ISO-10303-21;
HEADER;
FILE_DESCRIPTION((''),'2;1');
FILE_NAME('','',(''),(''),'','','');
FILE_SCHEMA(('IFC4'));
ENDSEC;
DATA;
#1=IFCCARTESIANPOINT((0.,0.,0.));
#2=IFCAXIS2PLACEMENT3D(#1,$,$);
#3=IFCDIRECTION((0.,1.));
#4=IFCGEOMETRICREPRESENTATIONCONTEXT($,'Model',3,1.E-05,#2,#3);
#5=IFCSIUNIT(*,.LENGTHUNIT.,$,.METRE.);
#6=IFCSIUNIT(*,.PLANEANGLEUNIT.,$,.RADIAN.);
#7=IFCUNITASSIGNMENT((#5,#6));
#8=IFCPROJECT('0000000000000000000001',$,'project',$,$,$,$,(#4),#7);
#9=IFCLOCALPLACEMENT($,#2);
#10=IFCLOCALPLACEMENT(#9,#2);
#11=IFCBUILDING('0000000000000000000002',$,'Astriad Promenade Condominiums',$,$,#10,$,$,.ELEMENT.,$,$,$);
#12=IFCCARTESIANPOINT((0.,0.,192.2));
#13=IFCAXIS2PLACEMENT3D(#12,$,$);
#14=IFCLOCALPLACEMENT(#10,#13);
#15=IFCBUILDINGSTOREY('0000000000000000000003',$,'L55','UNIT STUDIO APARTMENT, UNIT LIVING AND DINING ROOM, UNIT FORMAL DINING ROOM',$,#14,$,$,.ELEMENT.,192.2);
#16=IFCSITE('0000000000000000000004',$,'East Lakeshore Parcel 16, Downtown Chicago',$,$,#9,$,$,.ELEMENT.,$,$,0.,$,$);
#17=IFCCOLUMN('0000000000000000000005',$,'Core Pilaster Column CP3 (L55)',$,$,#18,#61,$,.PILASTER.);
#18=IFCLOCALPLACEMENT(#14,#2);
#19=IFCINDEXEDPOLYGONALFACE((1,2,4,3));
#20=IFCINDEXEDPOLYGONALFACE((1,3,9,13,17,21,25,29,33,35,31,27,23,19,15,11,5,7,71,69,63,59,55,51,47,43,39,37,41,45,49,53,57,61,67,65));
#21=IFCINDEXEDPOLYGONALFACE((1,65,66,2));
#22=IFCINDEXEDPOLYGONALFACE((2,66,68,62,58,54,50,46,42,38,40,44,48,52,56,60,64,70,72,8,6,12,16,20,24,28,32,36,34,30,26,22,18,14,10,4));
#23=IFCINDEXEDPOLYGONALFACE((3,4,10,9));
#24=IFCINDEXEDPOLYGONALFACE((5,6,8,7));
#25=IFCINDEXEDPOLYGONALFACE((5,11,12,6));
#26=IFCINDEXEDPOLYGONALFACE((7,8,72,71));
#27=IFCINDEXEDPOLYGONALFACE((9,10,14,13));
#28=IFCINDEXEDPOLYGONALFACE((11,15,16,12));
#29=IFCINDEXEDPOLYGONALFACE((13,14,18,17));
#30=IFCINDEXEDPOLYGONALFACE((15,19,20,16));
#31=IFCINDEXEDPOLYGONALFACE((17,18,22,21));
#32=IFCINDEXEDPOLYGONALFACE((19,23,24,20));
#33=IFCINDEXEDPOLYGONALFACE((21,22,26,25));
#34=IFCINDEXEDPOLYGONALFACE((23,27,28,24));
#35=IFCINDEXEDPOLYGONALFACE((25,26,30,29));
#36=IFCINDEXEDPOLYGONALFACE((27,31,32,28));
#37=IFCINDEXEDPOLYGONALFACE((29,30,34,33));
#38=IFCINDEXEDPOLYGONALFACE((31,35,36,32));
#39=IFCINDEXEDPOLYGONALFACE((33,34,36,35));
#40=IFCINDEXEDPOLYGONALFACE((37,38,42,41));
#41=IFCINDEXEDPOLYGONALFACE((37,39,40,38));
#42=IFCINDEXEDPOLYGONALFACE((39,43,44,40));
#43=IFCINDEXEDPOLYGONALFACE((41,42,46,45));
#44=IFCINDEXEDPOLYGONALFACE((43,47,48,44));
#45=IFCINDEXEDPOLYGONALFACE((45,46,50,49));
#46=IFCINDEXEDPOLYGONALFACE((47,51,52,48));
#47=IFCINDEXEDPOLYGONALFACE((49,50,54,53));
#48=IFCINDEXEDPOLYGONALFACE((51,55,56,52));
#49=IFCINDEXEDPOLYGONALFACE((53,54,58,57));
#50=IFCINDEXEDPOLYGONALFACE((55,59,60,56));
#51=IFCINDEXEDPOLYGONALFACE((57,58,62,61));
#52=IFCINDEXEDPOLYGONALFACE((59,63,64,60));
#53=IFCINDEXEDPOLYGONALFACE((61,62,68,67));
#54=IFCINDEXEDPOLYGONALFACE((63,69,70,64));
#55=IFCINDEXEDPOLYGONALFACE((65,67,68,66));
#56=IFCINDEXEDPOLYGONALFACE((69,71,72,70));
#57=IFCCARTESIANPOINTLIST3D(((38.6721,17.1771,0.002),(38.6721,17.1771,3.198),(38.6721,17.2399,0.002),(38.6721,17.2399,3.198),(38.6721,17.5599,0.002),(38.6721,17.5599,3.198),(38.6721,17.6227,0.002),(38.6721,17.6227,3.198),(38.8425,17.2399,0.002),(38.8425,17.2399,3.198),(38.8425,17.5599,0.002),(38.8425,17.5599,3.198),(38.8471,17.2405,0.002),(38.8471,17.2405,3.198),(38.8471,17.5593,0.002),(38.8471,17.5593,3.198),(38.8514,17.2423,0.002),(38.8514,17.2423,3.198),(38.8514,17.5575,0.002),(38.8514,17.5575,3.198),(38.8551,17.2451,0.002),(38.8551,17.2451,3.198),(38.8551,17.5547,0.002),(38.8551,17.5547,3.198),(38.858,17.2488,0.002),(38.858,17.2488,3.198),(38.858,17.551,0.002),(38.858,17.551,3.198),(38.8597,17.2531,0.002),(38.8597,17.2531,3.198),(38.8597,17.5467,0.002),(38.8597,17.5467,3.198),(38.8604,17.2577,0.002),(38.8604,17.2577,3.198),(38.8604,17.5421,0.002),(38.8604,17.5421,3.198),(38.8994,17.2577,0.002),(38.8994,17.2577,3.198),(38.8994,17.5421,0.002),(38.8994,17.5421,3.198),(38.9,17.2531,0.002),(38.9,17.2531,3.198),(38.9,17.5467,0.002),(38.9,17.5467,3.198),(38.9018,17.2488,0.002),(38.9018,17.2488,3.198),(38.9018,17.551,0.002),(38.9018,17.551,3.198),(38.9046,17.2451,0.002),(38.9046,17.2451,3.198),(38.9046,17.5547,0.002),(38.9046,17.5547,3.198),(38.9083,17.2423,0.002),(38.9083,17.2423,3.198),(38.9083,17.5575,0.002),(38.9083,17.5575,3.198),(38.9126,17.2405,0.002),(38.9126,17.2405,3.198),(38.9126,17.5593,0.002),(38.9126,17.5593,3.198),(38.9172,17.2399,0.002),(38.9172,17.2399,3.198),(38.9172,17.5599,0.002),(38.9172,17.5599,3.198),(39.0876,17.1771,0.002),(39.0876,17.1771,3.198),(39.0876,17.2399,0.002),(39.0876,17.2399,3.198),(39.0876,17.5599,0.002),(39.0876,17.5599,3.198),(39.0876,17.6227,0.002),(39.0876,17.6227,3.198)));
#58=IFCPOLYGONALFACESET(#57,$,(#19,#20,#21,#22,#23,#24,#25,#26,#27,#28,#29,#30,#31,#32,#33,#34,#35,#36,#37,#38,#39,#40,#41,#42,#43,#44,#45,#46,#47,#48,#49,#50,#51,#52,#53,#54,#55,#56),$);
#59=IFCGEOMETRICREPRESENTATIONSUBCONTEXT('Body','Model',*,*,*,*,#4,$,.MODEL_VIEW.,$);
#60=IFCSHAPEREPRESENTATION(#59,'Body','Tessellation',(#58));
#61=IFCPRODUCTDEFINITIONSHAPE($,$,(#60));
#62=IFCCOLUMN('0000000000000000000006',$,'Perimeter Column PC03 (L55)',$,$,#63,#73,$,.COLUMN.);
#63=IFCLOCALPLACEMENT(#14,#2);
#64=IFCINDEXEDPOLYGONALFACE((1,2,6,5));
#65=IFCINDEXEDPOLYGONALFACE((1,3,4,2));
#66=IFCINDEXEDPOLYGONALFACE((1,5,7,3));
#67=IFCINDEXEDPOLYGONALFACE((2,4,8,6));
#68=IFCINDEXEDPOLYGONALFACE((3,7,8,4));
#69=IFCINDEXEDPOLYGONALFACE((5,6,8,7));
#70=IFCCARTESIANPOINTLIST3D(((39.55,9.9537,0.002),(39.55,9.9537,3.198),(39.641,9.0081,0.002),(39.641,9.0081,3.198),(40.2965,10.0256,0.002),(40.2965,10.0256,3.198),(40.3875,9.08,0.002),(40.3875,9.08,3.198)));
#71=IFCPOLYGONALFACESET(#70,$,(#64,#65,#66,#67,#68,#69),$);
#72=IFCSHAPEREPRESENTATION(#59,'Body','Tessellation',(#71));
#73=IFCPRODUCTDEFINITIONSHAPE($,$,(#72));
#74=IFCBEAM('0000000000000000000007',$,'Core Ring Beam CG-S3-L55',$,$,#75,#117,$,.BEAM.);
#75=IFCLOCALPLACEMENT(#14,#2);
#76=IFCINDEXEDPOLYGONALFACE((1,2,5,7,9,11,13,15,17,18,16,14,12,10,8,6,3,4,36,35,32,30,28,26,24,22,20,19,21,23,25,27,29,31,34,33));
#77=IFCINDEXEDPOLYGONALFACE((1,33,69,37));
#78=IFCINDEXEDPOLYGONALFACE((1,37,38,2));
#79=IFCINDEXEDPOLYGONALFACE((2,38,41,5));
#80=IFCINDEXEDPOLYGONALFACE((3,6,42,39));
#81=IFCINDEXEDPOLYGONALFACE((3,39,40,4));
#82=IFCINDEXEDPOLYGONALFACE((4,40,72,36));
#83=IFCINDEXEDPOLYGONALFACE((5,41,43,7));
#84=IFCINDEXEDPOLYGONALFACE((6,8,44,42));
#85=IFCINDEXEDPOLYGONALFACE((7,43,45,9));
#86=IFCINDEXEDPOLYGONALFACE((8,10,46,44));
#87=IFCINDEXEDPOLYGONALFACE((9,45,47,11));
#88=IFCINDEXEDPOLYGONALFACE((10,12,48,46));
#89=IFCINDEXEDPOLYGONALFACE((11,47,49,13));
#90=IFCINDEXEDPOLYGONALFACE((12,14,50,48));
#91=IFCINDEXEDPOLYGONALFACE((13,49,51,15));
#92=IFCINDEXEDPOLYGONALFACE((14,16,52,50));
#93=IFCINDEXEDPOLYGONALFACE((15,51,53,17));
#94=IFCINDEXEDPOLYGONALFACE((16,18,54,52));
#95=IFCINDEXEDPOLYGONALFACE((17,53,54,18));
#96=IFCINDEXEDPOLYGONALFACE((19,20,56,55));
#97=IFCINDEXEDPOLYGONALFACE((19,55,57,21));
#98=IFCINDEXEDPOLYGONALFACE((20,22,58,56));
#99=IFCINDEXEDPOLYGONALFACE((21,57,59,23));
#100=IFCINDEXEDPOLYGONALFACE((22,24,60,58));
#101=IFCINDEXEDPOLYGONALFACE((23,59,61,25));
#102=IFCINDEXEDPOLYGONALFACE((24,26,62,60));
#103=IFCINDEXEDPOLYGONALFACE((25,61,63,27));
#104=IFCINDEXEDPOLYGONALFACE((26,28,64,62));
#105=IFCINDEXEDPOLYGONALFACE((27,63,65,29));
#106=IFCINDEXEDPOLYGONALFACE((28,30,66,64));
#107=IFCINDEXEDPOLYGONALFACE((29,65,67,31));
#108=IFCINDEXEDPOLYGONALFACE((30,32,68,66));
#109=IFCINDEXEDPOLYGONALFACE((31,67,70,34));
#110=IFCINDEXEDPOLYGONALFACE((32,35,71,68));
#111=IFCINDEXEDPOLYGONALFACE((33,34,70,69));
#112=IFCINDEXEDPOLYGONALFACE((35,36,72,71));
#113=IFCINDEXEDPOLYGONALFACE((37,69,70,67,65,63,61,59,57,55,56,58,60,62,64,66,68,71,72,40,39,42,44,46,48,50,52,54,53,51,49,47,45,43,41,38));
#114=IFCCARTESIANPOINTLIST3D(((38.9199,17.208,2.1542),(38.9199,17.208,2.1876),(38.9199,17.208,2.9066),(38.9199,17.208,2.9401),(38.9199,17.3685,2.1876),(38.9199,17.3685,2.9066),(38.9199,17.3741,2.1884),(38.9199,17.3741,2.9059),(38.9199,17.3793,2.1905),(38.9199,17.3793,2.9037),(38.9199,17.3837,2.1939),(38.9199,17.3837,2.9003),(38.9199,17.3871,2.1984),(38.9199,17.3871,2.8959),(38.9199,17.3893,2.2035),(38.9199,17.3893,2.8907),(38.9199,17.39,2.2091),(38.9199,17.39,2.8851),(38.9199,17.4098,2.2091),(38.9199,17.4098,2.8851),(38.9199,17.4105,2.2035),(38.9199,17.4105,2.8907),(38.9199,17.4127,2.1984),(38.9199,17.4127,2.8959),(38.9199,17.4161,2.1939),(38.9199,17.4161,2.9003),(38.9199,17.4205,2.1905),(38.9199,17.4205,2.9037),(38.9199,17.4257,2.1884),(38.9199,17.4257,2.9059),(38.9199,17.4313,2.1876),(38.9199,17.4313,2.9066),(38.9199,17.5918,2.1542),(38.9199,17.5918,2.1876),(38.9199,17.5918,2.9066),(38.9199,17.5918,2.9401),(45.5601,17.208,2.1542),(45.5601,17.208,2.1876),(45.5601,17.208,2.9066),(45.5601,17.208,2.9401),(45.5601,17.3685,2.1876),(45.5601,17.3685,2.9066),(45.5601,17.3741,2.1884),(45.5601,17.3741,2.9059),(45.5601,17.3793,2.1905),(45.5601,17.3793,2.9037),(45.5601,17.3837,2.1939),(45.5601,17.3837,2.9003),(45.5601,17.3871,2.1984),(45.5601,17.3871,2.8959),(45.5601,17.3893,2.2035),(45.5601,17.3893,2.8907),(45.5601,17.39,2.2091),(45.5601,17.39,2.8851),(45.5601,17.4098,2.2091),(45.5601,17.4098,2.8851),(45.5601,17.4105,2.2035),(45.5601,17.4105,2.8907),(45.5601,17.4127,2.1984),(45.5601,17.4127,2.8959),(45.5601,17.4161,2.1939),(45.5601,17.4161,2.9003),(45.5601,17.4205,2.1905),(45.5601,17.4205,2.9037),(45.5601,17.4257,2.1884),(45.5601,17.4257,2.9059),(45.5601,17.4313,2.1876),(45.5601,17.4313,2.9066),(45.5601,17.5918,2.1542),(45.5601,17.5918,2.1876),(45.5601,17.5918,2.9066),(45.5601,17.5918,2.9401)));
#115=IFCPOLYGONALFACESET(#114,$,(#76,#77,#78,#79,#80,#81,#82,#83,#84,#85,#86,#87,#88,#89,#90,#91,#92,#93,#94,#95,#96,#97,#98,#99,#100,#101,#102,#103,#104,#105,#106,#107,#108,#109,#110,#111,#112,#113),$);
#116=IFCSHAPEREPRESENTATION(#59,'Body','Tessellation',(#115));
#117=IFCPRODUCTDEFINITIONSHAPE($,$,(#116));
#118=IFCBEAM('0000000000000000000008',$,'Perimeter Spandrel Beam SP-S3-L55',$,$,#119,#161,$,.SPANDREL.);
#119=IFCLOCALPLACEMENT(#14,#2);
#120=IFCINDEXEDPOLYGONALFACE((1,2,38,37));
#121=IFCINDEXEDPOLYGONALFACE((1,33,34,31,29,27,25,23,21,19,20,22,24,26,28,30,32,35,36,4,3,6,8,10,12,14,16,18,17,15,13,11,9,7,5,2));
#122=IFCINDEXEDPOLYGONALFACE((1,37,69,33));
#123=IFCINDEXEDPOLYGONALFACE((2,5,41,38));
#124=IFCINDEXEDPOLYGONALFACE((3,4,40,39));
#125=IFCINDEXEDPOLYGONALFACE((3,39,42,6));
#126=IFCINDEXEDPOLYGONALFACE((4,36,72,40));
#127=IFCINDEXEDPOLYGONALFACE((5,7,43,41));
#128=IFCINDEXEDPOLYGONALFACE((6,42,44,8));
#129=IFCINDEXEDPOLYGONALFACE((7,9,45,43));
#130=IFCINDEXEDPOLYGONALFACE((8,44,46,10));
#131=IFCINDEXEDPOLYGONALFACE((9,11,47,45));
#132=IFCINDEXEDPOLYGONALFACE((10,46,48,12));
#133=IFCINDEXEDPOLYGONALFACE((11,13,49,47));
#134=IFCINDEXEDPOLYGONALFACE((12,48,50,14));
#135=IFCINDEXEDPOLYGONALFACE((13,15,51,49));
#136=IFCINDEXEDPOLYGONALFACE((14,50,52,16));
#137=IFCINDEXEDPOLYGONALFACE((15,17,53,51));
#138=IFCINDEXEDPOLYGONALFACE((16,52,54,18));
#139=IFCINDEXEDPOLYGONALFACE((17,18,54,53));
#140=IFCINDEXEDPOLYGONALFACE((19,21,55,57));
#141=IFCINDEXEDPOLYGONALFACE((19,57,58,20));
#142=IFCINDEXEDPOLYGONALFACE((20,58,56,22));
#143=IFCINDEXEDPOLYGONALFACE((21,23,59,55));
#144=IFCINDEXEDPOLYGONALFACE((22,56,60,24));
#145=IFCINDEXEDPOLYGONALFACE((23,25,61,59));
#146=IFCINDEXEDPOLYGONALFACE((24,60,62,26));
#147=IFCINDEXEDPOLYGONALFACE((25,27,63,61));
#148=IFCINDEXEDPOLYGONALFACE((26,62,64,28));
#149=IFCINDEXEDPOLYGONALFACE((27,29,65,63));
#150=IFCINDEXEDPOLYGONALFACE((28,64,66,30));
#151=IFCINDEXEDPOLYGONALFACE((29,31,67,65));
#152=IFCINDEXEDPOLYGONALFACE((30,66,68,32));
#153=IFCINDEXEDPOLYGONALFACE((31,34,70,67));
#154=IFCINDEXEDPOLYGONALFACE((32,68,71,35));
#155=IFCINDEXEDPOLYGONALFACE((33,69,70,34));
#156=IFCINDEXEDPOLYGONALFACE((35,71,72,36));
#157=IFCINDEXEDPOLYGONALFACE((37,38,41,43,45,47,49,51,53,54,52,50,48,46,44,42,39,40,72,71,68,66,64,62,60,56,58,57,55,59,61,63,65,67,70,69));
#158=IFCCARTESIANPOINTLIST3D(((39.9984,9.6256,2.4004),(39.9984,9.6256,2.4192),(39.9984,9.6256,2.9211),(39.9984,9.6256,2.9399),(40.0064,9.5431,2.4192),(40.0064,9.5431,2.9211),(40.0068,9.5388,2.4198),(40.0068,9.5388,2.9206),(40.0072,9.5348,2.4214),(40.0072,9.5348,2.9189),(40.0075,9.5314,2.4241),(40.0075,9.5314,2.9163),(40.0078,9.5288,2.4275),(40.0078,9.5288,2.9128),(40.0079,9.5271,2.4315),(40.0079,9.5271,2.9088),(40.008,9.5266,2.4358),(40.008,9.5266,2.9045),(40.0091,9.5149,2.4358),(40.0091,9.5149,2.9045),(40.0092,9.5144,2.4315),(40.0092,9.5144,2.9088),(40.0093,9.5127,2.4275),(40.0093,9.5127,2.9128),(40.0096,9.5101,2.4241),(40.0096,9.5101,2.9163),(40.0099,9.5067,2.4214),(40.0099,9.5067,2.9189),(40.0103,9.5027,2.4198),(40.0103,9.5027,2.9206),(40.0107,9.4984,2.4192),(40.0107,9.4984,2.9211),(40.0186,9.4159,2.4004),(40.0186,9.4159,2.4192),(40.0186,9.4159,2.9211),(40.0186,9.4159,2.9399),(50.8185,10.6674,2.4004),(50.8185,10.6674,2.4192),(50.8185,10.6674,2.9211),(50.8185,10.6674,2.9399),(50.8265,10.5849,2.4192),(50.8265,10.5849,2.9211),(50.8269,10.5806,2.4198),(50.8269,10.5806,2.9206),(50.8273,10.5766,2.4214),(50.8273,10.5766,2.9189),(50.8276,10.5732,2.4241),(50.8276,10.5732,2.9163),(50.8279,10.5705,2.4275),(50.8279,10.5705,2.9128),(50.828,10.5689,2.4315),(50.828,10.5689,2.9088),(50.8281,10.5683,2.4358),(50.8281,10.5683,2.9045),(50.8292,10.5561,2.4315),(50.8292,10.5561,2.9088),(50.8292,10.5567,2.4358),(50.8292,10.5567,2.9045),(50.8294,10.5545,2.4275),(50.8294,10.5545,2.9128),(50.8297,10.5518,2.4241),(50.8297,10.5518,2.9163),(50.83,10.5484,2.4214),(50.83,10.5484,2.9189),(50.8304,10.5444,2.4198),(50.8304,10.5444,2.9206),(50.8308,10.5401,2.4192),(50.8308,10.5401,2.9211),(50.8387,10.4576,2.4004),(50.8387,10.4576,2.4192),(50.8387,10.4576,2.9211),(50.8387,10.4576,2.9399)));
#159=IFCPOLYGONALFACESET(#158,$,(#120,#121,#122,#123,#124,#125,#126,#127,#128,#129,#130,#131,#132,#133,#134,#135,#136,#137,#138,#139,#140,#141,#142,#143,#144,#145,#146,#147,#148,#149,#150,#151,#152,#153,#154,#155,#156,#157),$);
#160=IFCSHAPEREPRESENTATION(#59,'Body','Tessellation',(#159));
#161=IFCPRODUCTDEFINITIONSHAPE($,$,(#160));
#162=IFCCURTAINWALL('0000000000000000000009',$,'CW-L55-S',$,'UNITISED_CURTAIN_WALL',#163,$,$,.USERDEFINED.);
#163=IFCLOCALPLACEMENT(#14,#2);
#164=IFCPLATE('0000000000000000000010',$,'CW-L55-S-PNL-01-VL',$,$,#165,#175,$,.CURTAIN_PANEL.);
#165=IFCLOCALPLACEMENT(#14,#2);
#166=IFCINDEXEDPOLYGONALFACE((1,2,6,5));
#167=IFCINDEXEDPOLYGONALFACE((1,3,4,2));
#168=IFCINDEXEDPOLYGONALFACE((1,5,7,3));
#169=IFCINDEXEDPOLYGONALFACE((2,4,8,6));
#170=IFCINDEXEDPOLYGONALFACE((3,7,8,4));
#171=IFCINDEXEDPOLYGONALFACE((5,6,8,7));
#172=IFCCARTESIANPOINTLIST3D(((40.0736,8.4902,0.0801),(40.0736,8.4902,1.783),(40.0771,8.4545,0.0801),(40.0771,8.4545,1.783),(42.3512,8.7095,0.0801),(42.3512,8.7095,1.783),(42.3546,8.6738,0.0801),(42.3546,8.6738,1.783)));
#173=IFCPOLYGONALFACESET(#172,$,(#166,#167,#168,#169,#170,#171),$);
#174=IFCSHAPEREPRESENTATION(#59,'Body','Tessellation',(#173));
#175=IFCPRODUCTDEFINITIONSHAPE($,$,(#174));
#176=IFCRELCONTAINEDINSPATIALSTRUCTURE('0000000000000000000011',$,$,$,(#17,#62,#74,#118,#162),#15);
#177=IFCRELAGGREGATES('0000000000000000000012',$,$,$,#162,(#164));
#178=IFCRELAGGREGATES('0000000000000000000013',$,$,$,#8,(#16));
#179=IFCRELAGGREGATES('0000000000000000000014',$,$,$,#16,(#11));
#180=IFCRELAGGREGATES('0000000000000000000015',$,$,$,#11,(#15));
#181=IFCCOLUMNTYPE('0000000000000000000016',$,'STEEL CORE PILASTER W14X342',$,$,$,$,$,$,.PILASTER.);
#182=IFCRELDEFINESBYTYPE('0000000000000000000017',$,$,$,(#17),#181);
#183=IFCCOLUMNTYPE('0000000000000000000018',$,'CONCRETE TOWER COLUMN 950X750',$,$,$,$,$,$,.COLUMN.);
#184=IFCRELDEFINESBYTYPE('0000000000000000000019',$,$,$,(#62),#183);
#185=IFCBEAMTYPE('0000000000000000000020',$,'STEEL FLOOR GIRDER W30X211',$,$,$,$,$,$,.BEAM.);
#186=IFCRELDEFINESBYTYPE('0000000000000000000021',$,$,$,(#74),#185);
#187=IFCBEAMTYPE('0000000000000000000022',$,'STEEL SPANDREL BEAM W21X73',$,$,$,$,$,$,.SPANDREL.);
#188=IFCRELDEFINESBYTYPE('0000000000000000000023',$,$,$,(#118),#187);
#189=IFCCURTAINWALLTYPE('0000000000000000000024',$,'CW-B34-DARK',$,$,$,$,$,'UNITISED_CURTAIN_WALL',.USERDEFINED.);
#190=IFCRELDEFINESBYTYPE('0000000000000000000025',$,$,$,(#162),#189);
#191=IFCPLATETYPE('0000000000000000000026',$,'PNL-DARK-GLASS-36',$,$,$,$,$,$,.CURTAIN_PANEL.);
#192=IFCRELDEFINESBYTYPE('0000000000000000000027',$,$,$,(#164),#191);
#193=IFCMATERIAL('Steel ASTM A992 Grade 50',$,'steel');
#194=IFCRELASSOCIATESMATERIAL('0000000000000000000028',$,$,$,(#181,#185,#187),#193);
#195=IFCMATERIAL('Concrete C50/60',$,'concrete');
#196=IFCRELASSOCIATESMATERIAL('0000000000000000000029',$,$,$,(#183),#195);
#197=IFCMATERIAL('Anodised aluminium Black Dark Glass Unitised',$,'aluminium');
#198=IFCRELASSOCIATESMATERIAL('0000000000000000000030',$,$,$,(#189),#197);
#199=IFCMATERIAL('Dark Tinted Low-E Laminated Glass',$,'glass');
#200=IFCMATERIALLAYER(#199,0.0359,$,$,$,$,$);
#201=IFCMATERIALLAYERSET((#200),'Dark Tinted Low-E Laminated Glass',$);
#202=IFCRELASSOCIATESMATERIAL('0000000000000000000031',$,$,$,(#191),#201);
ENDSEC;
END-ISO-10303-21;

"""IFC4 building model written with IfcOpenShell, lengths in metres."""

from ifc_helpers import new_model, si_unit, direction, frame, origin, origin_2d, place, context, subcontext, project, spatial, rectangle, i_section, extrude, source, transform, mapped, material, layer, layer_set, material_profile, profile_set, type_object, type_shapes, element, aggregate, save


model = new_model("IFC4")

# Units and contexts
model_context = context("Model", 3, precision=1e-05, world=origin(), true_north=direction((0.0, 1.0)))
body_context = subcontext(model_context, "Body", "Model", "MODEL_VIEW")
ifc_project = project(units=[si_unit("LENGTHUNIT", "METRE"), si_unit("PLANEANGLEUNIT", "RADIAN")], contexts=[model_context])

# Site, building, storey
site_placement = place(None, origin())
site = spatial("IfcSite", under=ifc_project, at=site_placement, Name="East Lakeshore Parcel 16, Downtown Chicago", CompositionType="ELEMENT", RefElevation=0.0)
building_placement = place(site_placement, origin())
building = spatial("IfcBuilding", under=site, at=building_placement, Name="Astriad Promenade Condominiums", CompositionType="ELEMENT")
storey_placement = place(building_placement, frame((0.0, 0.0, 192.2)))
storey = spatial("IfcBuildingStorey", under=building, at=storey_placement, Name="L55", Description="UNIT STUDIO APARTMENT, UNIT LIVING AND DINING ROOM, UNIT FORMAL DINING ROOM", CompositionType="ELEMENT", Elevation=192.2)

# Columns
ifc_material_1 = material(Name="Steel ASTM A992 Grade 50", Category="steel")
ifc_material_profile_1 = material_profile(ifc_material_1, i_section(OverallWidth=0.4155, OverallDepth=0.4456, WebThickness=0.0391, FlangeThickness=0.0627, FilletRadius=0.0178, at=origin_2d()), Name="W14X342")
ifc_profile_set_1 = profile_set([ifc_material_profile_1], Name="Steel ASTM A992 Grade 50")
column_type_1 = type_object("IfcColumnType", Name="STEEL CORE PILASTER W14X342", PredefinedType="PILASTER", material=ifc_profile_set_1)
shared_shape_1 = source(origin(), body_context, "Body", "SweptSolid", [
    extrude(i_section(OverallWidth=0.4155, OverallDepth=0.4456, WebThickness=0.0391, FlangeThickness=0.0627, FilletRadius=0.0178, at=origin_2d()), origin(), (0.0, 0.0, 1.0), 3.196),
])
type_shapes(column_type_1, [shared_shape_1])
column_1_placement = place(storey_placement, frame((38.8799, 17.3999, 0.002), z_axis=(0.0, 0.0, 1.0), x_axis=(1.0, 0.0, 0.0)))
element("IfcColumn", 1, at=column_1_placement, inside=storey, type_object=column_type_1, Name="Core Pilaster Column CP3 (L55)", PredefinedType="PILASTER", context=body_context, shape_type="MappedRepresentation", body=[
    mapped(shared_shape_1, transform((0.0, 0.0, 0.0), scale=1.0)),
])
ifc_material_2 = material(Name="Concrete C50/60", Category="concrete")
ifc_material_profile_2 = material_profile(ifc_material_2, rectangle(XDim=0.75, YDim=0.95, at=origin_2d()), Name="RC-COL-950X750")
ifc_profile_set_2 = profile_set([ifc_material_profile_2], Name="Concrete C50/60")
column_type_2 = type_object("IfcColumnType", Name="CONCRETE TOWER COLUMN 950X750", PredefinedType="COLUMN", material=ifc_profile_set_2)
shared_shape_2 = source(origin(), body_context, "Body", "SweptSolid", [
    extrude(rectangle(XDim=0.75, YDim=0.95, at=origin_2d()), origin(), (0.0, 0.0, 1.0), 3.196),
])
type_shapes(column_type_2, [shared_shape_2])
column_2_placement = place(storey_placement, frame((39.9688, 9.5168, 0.002), z_axis=(0.0, 0.0, 1.0), x_axis=(0.995396, 0.095846, 0.0)))
element("IfcColumn", 2, at=column_2_placement, inside=storey, type_object=column_type_2, Name="Perimeter Column PC03 (L55)", PredefinedType="COLUMN", context=body_context, shape_type="MappedRepresentation", body=[
    mapped(shared_shape_2, transform((0.0, 0.0, 0.0), scale=1.0)),
])

# Beams
ifc_material_profile_3 = material_profile(ifc_material_1, i_section(OverallWidth=0.3838, OverallDepth=0.7859, WebThickness=0.0198, FlangeThickness=0.0334, FilletRadius=0.0215, at=origin_2d()), Name="W30X211")
ifc_profile_set_3 = profile_set([ifc_material_profile_3], Name="Steel ASTM A992 Grade 50")
beam_type_1 = type_object("IfcBeamType", Name="STEEL FLOOR GIRDER W30X211", PredefinedType="BEAM", material=ifc_profile_set_3)
shared_shape_3 = source(origin(), body_context, "Body", "SweptSolid", [
    extrude(i_section(OverallWidth=0.3838, OverallDepth=0.7859, WebThickness=0.0198, FlangeThickness=0.0334, FilletRadius=0.0215, at=origin_2d()), origin(), (0.0, 0.0, 1.0), 6.6401),
])
type_shapes(beam_type_1, [shared_shape_3])
beam_1_placement = place(storey_placement, frame((38.9199, 17.3999, 2.5471), z_axis=(1.0, 0.0, 0.0), x_axis=(0.0, 1.0, 0.0)))
element("IfcBeam", 3, at=beam_1_placement, inside=storey, type_object=beam_type_1, Name="Core Ring Beam CG-S3-L55", PredefinedType="BEAM", context=body_context, shape_type="MappedRepresentation", body=[
    mapped(shared_shape_3, transform((0.0, 0.0, 0.0), scale=1.0)),
])
ifc_material_profile_4 = material_profile(ifc_material_1, i_section(OverallWidth=0.2107, OverallDepth=0.5396, WebThickness=0.0117, FlangeThickness=0.0188, FilletRadius=0.0166, at=origin_2d()), Name="W21X73")
ifc_profile_set_4 = profile_set([ifc_material_profile_4], Name="Steel ASTM A992 Grade 50")
beam_type_2 = type_object("IfcBeamType", Name="STEEL SPANDREL BEAM W21X73", PredefinedType="SPANDREL", material=ifc_profile_set_4)
shared_shape_4 = source(origin(), body_context, "Body", "SweptSolid", [
    extrude(i_section(OverallWidth=0.2107, OverallDepth=0.5396, WebThickness=0.0117, FlangeThickness=0.0188, FilletRadius=0.0166, at=origin_2d()), origin(), (0.0, 0.0, 1.0), 10.8701),
])
type_shapes(beam_type_2, [shared_shape_4])
beam_2_placement = place(storey_placement, frame((40.0085, 9.5208, 2.6702), z_axis=(0.995397, 0.095836, 0.0), x_axis=(-0.095836, 0.995397, 0.0)))
element("IfcBeam", 4, at=beam_2_placement, inside=storey, type_object=beam_type_2, Name="Perimeter Spandrel Beam SP-S3-L55", PredefinedType="SPANDREL", context=body_context, shape_type="MappedRepresentation", body=[
    mapped(shared_shape_4, transform((0.0, 0.0, 0.0), scale=1.0)),
])

# Curtain wall, plate
ifc_material_3 = material(Name="Anodised aluminium Black Dark Glass Unitised", Category="aluminium")
curtain_wall_type = type_object("IfcCurtainWallType", Name="CW-B34-DARK", ElementType="UNITISED_CURTAIN_WALL", PredefinedType="USERDEFINED", material=ifc_material_3)
curtain_wall_placement = place(storey_placement, origin())
curtain_wall = element("IfcCurtainWall", 5, at=curtain_wall_placement, inside=storey, type_object=curtain_wall_type, Name="CW-L55-S", ObjectType="UNITISED_CURTAIN_WALL", PredefinedType="USERDEFINED")
ifc_material_4 = material(Name="Dark Tinted Low-E Laminated Glass", Category="glass")
ifc_layer_1 = layer(ifc_material_4, 0.0359)
ifc_layer_set_1 = layer_set([ifc_layer_1], Name="Dark Tinted Low-E Laminated Glass")
plate_type = type_object("IfcPlateType", Name="PNL-DARK-GLASS-36", PredefinedType="CURTAIN_PANEL", material=ifc_layer_set_1)
shared_shape_5 = source(origin(), body_context, "Body", "SweptSolid", [
    extrude(rectangle(XDim=2.2881, YDim=0.0359, at=origin_2d()), origin(), (0.0, 0.0, 1.0), 1.7029),
])
plate_1_placement = place(storey_placement, frame((41.2141, 8.582, 0.0801), z_axis=(0.0, 0.0, 1.0), x_axis=(-0.995396, -0.095846, 0.0)))
plate_1 = element("IfcPlate", 6, at=plate_1_placement, type_object=plate_type, Name="CW-L55-S-PNL-01-VL", PredefinedType="CURTAIN_PANEL", context=body_context, shape_type="MappedRepresentation", body=[
    mapped(shared_shape_5, transform((0.0, 0.0, 0.0), scale=1.0)),
])
aggregate(curtain_wall, [plate_1])

save(model, "model.ifc")
